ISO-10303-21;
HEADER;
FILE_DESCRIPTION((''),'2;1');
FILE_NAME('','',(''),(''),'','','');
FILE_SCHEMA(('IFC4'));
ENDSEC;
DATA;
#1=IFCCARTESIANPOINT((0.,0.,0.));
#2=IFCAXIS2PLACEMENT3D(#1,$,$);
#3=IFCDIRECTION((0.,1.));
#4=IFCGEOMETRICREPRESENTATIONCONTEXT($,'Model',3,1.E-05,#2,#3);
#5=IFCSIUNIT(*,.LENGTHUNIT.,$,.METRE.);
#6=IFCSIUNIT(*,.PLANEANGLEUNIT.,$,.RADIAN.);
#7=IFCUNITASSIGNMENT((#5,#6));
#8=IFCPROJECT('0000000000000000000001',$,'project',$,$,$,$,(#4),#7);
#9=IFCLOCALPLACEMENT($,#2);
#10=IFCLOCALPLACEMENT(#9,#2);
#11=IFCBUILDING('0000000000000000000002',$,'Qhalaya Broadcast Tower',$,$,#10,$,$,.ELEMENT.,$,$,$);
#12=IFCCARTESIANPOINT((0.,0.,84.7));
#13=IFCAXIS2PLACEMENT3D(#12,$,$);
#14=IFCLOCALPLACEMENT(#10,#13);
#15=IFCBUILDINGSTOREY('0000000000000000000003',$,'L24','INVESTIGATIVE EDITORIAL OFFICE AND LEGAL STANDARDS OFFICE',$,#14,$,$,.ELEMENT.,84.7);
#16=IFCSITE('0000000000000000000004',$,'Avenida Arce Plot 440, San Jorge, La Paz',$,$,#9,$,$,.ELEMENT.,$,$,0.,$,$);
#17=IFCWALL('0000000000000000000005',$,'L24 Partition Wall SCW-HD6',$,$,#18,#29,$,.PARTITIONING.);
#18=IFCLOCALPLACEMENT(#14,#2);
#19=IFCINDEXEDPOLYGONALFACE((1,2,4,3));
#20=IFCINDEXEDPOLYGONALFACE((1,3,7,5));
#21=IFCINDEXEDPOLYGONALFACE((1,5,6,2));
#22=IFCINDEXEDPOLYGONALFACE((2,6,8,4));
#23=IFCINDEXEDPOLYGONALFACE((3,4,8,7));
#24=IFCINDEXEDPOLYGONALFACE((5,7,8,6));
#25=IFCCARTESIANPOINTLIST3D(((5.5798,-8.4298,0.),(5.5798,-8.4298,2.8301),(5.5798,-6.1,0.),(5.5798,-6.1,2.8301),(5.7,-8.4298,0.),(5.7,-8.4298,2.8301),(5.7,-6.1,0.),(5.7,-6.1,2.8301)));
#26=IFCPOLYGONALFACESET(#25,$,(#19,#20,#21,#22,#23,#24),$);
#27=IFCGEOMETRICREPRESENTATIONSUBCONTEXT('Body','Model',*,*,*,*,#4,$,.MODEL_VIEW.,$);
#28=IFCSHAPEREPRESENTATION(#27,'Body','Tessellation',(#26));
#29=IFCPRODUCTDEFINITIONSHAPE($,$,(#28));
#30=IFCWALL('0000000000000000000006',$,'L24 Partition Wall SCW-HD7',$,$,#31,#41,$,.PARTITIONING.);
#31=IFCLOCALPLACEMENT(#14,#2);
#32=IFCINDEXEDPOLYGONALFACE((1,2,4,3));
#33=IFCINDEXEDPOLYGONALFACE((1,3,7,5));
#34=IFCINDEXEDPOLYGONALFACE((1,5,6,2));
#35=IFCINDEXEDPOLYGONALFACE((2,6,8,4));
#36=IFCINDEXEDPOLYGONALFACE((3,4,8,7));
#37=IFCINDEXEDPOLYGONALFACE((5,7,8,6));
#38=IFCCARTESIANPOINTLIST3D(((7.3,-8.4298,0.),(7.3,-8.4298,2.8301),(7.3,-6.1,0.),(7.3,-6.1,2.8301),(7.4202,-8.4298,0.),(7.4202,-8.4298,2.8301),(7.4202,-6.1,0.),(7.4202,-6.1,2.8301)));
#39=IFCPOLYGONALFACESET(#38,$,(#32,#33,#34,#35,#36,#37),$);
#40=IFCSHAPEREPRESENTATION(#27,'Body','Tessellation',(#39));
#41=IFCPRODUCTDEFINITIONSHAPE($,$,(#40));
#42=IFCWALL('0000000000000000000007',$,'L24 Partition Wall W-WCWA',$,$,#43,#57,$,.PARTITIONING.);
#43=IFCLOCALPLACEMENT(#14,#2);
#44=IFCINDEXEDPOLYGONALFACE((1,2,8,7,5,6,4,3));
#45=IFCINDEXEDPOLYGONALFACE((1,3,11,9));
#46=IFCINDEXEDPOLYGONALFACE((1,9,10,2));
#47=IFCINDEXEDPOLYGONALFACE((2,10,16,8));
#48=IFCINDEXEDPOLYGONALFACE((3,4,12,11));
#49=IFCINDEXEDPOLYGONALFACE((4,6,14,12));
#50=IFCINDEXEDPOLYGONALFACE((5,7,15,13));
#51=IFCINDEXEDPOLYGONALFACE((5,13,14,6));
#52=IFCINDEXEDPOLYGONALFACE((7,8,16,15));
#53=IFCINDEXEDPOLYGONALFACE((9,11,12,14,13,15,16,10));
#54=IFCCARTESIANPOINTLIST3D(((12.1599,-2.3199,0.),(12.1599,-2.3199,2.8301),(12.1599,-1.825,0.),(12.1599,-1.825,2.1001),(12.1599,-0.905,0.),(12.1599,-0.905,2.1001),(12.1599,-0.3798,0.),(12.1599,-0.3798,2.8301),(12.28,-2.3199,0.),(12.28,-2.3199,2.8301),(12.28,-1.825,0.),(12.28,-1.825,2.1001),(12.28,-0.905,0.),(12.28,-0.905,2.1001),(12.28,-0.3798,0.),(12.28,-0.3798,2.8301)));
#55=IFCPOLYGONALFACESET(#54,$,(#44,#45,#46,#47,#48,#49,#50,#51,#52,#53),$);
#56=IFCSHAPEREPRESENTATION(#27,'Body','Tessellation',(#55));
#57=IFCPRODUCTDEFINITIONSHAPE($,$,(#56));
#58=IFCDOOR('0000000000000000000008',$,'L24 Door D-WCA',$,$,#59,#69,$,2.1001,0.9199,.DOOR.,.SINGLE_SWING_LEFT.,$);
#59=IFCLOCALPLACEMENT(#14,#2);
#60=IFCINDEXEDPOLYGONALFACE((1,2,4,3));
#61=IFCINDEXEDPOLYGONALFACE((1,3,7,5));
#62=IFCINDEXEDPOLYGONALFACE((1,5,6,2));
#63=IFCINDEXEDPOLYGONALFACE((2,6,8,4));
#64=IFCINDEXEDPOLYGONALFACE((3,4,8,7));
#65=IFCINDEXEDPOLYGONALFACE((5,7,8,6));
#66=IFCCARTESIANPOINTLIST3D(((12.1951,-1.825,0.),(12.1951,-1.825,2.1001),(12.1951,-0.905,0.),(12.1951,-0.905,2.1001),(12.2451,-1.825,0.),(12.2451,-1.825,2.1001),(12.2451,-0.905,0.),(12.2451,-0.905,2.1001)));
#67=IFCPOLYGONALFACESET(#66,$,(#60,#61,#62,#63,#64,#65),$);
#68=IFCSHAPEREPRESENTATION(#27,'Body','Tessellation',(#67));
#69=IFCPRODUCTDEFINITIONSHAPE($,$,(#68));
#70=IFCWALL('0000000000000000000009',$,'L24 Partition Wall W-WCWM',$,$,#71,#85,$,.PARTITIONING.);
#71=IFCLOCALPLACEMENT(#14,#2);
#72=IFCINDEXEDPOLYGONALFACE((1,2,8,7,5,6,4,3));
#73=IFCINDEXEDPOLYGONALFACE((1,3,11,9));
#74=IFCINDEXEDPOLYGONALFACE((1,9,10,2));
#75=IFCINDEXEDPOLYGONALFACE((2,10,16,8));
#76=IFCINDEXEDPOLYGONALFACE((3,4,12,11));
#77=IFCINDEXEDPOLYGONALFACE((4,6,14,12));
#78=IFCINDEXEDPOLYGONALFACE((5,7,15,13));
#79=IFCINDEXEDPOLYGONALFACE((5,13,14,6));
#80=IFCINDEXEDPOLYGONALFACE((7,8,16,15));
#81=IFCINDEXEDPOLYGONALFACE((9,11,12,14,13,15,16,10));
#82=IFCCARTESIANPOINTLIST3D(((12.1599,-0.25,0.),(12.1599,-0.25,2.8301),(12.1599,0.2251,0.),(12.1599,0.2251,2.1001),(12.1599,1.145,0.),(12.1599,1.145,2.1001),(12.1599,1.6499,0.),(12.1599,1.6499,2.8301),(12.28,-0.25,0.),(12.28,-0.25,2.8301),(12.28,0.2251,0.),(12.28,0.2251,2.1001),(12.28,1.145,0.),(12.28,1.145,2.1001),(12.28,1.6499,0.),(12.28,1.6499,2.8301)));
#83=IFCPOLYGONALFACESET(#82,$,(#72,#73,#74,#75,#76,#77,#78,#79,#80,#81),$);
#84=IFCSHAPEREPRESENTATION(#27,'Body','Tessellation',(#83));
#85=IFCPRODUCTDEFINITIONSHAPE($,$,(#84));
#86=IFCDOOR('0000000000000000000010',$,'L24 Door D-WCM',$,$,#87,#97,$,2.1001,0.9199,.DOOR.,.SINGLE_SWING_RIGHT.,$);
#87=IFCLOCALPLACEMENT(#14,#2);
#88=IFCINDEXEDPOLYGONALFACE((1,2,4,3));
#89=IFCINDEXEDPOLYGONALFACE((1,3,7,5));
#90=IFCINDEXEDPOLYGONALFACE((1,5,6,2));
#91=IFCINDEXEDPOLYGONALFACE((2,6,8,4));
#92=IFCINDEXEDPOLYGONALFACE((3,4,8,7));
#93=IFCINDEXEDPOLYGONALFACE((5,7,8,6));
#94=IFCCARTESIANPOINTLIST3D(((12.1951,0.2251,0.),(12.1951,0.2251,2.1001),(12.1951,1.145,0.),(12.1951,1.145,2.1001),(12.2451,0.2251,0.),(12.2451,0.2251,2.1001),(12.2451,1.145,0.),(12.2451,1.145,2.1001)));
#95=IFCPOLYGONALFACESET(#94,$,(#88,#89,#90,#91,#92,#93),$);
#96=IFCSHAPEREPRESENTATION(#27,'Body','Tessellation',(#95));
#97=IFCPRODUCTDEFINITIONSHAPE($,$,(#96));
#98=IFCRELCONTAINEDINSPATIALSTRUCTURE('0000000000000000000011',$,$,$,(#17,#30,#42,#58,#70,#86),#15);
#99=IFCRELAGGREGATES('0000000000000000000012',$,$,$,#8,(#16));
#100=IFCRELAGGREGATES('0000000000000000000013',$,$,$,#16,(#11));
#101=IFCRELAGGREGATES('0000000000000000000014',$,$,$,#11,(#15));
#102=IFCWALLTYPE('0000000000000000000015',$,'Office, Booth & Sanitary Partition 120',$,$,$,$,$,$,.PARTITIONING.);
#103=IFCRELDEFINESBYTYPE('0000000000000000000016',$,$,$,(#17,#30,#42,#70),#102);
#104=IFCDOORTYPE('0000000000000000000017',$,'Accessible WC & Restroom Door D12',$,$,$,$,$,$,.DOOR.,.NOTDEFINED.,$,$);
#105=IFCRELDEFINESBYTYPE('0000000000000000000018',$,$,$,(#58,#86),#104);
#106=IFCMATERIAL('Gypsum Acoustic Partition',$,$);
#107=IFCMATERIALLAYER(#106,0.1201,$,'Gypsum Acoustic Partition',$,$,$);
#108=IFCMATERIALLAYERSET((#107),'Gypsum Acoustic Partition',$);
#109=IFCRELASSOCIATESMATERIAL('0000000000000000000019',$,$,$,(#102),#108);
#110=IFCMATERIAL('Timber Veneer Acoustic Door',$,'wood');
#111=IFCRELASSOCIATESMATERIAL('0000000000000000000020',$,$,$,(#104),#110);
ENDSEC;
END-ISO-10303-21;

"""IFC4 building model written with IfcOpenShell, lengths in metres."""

from ifc_helpers import new_model, si_unit, direction, frame, frame_2d, origin, place, context, subcontext, project, spatial, rectangle, extrude, material, layer, layer_set, type_object, element, fill, save


model = new_model("IFC4")

# Units and contexts
model_context = context("Model", 3, precision=1e-05, world=origin(), true_north=direction((0.0, 1.0)))
body_context = subcontext(model_context, "Body", "Model", "MODEL_VIEW")
ifc_project = project(units=[si_unit("LENGTHUNIT", "METRE"), si_unit("PLANEANGLEUNIT", "RADIAN")], contexts=[model_context])

# Site, building, storey
site_placement = place(None, origin())
site = spatial("IfcSite", under=ifc_project, at=site_placement, Name="Avenida Arce Plot 440, San Jorge, La Paz", CompositionType="ELEMENT", RefElevation=0.0)
building_placement = place(site_placement, origin())
building = spatial("IfcBuilding", under=site, at=building_placement, Name="Qhalaya Broadcast Tower", CompositionType="ELEMENT")
storey_placement = place(building_placement, frame((0.0, 0.0, 84.7)))
storey = spatial("IfcBuildingStorey", under=building, at=storey_placement, Name="L24", Description="INVESTIGATIVE EDITORIAL OFFICE AND LEGAL STANDARDS OFFICE", CompositionType="ELEMENT", Elevation=84.7)

# Shared definitions
ifc_material_1 = material(Name="Gypsum Acoustic Partition")
ifc_material_2 = material(Name="Timber Veneer Acoustic Door", Category="wood")

# Walls
ifc_layer_1 = layer(ifc_material_1, 0.1201, Name="Gypsum Acoustic Partition")
ifc_layer_set_1 = layer_set([ifc_layer_1], Name="Gypsum Acoustic Partition")
wall_type_1 = type_object("IfcWallType", Name="Office, Booth & Sanitary Partition 120", PredefinedType="PARTITIONING", material=ifc_layer_set_1)
for number, where, z_axis, x_axis, name in (
    (1, (5.6399, -8.4299, 0.0), (0.0, 0.0, 1.0), (0.0, 1.0, 0.0), "L24 Partition Wall SCW-HD6"),
    (2, (7.3601, -8.4299, 0.0), (0.0, 0.0, 1.0), (0.0, 1.0, 0.0), "L24 Partition Wall SCW-HD7"),
):
    element("IfcWall", number, at=place(storey_placement, frame(where, z_axis=z_axis, x_axis=x_axis)), inside=storey, type_object=wall_type_1, Name=name, PredefinedType="PARTITIONING", context=body_context, shape_type="SweptSolid", body=[
        extrude(rectangle(XDim=2.3298, YDim=0.1201, at=frame_2d((1.165, 0.0))), origin(), (0.0, 0.0, 1.0), 2.8301),
    ])

# Walls, openings, doors
wall_1_placement = place(storey_placement, frame((12.22, -2.3201, 0.0), z_axis=(0.0, 0.0, 1.0), x_axis=(0.0, 1.0, 0.0)))
wall_1 = element("IfcWall", 3, at=wall_1_placement, inside=storey, type_object=wall_type_1, Name="L24 Partition Wall W-WCWA", PredefinedType="PARTITIONING", context=body_context, shape_type="SweptSolid", body=[
    extrude(rectangle(XDim=1.9402, YDim=0.1201, at=frame_2d((0.9702, 0.0))), origin(), (0.0, 0.0, 1.0), 2.8301),
])
opening_1_placement = place(wall_1_placement, frame((0.4951, 0.0, 0.0)))
opening_1 = element("IfcOpeningElement", 4, at=opening_1_placement, cuts=wall_1, PredefinedType="OPENING", context=body_context, shape_type="SweptSolid", body=[
    extrude(rectangle(XDim=0.9199, YDim=2.1001, at=frame_2d((0.46, 1.05))), frame((0.0, 0.072, 0.0), z_axis=(0.0, -1.0, 0.0), x_axis=(1.0, 0.0, 0.0)), (0.0, 0.0, 1.0), 0.144),
])
door_type_1 = type_object("IfcDoorType", Name="Accessible WC & Restroom Door D12", OperationType="NOTDEFINED", PredefinedType="DOOR", material=ifc_material_2)
door_1_placement = place(opening_1_placement, origin())
door_1 = element("IfcDoor", 5, at=door_1_placement, inside=storey, type_object=door_type_1, Name="L24 Door D-WCA", OperationType="SINGLE_SWING_LEFT", OverallHeight=2.1001, OverallWidth=0.9199, PredefinedType="DOOR", context=body_context, shape_type="SweptSolid", body=[
    extrude(rectangle(XDim=0.9199, YDim=2.1001, at=frame_2d((0.46, 1.05))), frame((0.0, 0.0249, 0.0), z_axis=(0.0, -1.0, 0.0), x_axis=(1.0, 0.0, 0.0)), (0.0, 0.0, 1.0), 0.05),
])
fill(opening_1, door_1)
wall_2_placement = place(storey_placement, frame((12.22, -0.25, 0.0), z_axis=(0.0, 0.0, 1.0), x_axis=(0.0, 1.0, 0.0)))
wall_2 = element("IfcWall", 6, at=wall_2_placement, inside=storey, type_object=wall_type_1, Name="L24 Partition Wall W-WCWM", PredefinedType="PARTITIONING", context=body_context, shape_type="SweptSolid", body=[
    extrude(rectangle(XDim=1.8999, YDim=0.1201, at=frame_2d((0.95, 0.0))), origin(), (0.0, 0.0, 1.0), 2.8301),
])
opening_2_placement = place(wall_2_placement, frame((0.4751, 0.0, 0.0)))
opening_2 = element("IfcOpeningElement", 7, at=opening_2_placement, cuts=wall_2, PredefinedType="OPENING", context=body_context, shape_type="SweptSolid", body=[
    extrude(rectangle(XDim=0.9199, YDim=2.1001, at=frame_2d((0.46, 1.05))), frame((0.0, 0.072, 0.0), z_axis=(0.0, -1.0, 0.0), x_axis=(1.0, 0.0, 0.0)), (0.0, 0.0, 1.0), 0.144),
])
door_2_placement = place(opening_2_placement, origin())
door_2 = element("IfcDoor", 8, at=door_2_placement, inside=storey, type_object=door_type_1, Name="L24 Door D-WCM", OperationType="SINGLE_SWING_RIGHT", OverallHeight=2.1001, OverallWidth=0.9199, PredefinedType="DOOR", context=body_context, shape_type="SweptSolid", body=[
    extrude(rectangle(XDim=0.9199, YDim=2.1001, at=frame_2d((0.46, 1.05))), frame((0.0, 0.0249, 0.0), z_axis=(0.0, -1.0, 0.0), x_axis=(1.0, 0.0, 0.0)), (0.0, 0.0, 1.0), 0.05),
])
fill(opening_2, door_2)

save(model, "model.ifc")
